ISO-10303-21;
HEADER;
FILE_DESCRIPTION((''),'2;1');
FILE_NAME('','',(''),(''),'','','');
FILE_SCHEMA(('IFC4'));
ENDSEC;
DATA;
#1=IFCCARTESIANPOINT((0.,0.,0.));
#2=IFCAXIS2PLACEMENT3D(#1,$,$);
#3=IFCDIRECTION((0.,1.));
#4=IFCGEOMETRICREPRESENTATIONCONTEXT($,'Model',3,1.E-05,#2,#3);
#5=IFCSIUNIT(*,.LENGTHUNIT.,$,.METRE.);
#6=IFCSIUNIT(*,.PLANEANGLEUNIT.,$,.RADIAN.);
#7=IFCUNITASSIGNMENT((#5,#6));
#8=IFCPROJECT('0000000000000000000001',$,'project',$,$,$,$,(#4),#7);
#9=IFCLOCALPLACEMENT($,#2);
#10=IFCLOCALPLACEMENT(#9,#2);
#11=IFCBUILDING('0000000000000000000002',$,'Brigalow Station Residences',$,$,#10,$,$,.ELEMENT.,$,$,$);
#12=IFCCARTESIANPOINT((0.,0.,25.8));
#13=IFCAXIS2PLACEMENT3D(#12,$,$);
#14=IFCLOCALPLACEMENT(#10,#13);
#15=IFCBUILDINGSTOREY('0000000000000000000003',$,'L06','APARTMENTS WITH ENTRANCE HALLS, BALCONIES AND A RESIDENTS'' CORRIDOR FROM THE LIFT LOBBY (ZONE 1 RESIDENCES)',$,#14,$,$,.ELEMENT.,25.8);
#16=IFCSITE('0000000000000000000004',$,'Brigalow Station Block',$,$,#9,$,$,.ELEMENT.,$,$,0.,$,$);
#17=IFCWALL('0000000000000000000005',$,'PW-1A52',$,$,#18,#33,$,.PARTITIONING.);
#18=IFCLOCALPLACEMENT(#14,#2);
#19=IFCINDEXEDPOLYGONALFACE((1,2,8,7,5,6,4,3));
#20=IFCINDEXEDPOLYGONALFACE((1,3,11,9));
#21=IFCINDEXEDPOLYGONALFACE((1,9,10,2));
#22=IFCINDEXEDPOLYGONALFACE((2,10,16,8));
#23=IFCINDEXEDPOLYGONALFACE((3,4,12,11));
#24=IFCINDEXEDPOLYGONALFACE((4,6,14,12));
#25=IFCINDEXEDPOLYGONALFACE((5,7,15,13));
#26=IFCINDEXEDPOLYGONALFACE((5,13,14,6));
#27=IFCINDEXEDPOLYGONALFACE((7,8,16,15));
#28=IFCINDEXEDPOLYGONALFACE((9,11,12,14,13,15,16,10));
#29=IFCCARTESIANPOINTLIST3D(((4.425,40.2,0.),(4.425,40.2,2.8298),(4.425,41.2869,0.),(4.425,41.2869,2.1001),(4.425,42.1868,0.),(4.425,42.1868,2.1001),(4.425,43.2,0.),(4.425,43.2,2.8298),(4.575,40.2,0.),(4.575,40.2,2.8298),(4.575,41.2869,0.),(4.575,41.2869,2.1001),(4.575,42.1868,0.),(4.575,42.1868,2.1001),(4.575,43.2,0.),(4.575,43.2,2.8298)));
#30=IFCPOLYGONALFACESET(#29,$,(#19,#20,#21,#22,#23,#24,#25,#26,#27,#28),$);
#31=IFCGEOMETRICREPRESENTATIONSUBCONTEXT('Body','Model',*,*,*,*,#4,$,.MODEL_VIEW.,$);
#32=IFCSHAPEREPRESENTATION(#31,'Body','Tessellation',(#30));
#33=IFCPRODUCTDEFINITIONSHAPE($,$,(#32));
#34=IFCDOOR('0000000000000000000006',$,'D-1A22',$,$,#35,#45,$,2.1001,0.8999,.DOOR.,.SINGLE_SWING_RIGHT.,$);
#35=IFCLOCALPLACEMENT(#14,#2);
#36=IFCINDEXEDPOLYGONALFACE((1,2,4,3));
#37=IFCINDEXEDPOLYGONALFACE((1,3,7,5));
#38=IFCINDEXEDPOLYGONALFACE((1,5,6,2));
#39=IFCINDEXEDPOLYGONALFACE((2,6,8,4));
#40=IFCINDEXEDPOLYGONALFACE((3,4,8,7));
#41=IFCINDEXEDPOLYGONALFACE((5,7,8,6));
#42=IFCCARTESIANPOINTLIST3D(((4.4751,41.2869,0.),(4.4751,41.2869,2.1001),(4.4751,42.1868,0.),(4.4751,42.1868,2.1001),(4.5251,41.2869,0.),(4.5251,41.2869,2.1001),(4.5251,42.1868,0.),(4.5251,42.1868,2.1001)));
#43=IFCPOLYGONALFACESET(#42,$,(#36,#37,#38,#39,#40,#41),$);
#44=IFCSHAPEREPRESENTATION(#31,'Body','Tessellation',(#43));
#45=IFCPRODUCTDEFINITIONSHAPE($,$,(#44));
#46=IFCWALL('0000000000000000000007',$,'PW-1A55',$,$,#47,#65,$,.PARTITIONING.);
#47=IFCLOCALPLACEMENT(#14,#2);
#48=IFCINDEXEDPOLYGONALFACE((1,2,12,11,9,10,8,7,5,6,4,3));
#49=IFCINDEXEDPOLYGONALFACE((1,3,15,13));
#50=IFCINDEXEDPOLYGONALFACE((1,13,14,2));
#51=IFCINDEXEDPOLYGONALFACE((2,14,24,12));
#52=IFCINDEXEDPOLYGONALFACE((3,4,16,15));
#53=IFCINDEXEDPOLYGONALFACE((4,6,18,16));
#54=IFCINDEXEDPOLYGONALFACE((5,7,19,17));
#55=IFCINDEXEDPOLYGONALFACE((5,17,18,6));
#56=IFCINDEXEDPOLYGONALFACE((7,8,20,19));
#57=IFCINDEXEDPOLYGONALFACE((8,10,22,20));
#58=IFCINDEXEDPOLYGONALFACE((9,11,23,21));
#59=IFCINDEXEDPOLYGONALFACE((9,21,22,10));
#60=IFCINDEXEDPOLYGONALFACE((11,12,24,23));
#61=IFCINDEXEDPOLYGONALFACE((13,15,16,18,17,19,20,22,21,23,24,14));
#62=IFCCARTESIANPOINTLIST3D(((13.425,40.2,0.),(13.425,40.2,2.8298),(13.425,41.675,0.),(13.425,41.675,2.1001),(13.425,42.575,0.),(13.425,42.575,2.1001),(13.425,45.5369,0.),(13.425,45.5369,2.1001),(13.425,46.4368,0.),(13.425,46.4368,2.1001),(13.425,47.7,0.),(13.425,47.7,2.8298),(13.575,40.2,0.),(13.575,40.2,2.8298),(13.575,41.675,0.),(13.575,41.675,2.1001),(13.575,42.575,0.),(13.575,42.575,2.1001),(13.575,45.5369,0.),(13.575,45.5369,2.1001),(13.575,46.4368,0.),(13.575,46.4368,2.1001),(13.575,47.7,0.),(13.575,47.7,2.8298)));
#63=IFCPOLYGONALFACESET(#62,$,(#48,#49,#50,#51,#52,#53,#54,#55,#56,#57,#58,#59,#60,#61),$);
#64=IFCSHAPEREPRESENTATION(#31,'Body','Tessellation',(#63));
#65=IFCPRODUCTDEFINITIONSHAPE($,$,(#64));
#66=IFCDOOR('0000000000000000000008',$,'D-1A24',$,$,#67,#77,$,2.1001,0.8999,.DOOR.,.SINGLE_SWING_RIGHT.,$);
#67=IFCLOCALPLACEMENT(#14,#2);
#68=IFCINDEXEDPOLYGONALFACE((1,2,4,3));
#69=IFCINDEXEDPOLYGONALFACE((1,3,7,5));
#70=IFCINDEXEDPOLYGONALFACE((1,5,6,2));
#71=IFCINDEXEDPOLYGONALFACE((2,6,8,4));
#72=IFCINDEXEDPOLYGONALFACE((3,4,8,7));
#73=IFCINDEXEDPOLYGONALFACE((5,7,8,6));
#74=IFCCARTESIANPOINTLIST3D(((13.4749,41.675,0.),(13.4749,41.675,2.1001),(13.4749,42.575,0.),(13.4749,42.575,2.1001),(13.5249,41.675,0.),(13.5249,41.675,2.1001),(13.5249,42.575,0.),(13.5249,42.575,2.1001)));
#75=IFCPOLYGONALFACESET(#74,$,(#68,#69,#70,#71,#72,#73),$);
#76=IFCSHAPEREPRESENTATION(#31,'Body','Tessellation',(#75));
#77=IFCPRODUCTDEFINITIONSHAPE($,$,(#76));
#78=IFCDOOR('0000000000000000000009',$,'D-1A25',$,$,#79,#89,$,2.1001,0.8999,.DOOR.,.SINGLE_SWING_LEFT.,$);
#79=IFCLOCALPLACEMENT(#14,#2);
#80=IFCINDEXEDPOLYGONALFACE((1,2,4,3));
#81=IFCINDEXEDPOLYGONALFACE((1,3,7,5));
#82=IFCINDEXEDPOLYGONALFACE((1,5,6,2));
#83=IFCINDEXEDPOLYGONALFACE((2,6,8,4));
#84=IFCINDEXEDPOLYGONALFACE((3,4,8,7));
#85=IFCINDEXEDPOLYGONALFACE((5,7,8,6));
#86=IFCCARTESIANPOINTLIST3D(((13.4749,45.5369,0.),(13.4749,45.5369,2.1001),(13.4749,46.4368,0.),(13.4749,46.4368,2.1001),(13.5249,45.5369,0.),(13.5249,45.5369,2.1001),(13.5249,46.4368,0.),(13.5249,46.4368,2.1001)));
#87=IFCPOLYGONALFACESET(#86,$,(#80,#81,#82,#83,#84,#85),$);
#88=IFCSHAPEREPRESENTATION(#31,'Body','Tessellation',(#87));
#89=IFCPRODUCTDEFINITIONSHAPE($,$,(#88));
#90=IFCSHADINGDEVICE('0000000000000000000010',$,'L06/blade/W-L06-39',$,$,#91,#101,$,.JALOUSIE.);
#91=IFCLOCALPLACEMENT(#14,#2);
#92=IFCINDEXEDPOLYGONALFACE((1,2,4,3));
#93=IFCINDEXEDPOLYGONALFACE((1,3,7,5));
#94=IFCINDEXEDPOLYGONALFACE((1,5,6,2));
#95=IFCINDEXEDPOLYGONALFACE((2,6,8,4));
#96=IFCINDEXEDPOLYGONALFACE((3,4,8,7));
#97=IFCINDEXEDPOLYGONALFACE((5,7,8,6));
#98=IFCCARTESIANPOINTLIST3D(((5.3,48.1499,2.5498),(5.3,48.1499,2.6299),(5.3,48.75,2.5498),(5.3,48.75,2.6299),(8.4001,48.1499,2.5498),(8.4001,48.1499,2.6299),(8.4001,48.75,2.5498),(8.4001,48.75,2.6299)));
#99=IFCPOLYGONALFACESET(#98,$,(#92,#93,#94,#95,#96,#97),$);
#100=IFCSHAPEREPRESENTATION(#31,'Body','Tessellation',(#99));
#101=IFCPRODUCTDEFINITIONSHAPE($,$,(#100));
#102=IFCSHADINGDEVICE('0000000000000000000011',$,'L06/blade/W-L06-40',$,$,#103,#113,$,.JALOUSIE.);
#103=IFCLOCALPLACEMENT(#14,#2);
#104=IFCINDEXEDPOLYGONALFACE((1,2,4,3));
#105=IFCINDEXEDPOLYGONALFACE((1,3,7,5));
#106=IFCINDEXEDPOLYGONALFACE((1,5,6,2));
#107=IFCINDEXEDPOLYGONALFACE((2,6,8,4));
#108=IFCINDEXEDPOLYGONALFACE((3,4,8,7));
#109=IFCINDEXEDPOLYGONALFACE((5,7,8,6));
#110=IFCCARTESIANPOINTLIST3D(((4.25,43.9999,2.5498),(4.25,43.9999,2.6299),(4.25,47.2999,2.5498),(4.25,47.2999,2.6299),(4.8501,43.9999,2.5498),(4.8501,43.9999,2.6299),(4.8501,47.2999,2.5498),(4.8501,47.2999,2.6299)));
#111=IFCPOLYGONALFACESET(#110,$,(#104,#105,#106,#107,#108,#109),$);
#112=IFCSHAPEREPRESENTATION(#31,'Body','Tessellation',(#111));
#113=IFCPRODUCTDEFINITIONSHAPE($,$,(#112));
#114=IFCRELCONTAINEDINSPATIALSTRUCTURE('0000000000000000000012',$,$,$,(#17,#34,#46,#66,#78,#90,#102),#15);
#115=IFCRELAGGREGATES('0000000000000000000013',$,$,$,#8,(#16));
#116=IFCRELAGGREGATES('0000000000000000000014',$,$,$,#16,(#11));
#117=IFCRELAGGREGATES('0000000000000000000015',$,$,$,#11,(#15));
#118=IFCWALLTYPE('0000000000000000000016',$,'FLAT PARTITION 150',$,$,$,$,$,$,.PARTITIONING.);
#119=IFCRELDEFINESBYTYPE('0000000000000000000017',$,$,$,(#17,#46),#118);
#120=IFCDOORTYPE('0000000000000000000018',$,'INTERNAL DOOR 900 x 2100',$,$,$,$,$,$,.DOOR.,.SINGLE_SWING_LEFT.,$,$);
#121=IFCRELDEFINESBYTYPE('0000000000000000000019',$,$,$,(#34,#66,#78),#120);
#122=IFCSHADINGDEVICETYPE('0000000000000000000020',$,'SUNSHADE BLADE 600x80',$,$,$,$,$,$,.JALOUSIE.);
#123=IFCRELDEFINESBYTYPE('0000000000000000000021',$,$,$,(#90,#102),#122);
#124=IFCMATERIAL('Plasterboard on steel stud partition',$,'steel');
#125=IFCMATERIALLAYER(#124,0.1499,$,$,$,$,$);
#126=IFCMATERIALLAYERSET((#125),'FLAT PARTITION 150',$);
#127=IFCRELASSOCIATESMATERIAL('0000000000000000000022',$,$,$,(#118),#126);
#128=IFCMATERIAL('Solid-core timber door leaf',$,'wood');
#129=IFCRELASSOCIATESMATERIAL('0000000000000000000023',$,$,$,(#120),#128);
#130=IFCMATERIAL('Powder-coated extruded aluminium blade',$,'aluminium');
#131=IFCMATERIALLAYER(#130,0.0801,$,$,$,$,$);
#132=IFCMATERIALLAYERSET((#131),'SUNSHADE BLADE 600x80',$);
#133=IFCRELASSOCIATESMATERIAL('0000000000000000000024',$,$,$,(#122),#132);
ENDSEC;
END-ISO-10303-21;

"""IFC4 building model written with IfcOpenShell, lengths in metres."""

from ifc_helpers import new_model, si_unit, direction, frame, frame_2d, origin, origin_2d, place, context, subcontext, project, spatial, rectangle, extrude, material, layer, layer_set, type_object, element, fill, save


model = new_model("IFC4")

# Units and contexts
model_context = context("Model", 3, precision=1e-05, world=origin(), true_north=direction((0.0, 1.0)))
body_context = subcontext(model_context, "Body", "Model", "MODEL_VIEW")
ifc_project = project(units=[si_unit("LENGTHUNIT", "METRE"), si_unit("PLANEANGLEUNIT", "RADIAN")], contexts=[model_context])

# Site, building, storey
site_placement = place(None, origin())
site = spatial("IfcSite", under=ifc_project, at=site_placement, Name="Brigalow Station Block", CompositionType="ELEMENT", RefElevation=0.0)
building_placement = place(site_placement, origin())
building = spatial("IfcBuilding", under=site, at=building_placement, Name="Brigalow Station Residences", CompositionType="ELEMENT")
storey_placement = place(building_placement, frame((0.0, 0.0, 25.8)))
storey = spatial("IfcBuildingStorey", under=building, at=storey_placement, Name="L06", Description="APARTMENTS WITH ENTRANCE HALLS, BALCONIES AND A RESIDENTS' CORRIDOR FROM THE LIFT LOBBY (ZONE 1 RESIDENCES)", CompositionType="ELEMENT", Elevation=25.8)

# Shared definitions
ifc_material_1 = material(Name="Plasterboard on steel stud partition", Category="steel")
ifc_layer_1 = layer(ifc_material_1, 0.1499)
ifc_layer_set_1 = layer_set([ifc_layer_1], Name="FLAT PARTITION 150")
wall_type_1 = type_object("IfcWallType", Name="FLAT PARTITION 150", PredefinedType="PARTITIONING", material=ifc_layer_set_1)

# Wall, opening, door
wall_1_placement = place(storey_placement, frame((4.5, 40.2, 0.0), z_axis=(0.0, 0.0, 1.0), x_axis=(0.0, 1.0, 0.0)))
wall_1 = element("IfcWall", 1, at=wall_1_placement, inside=storey, type_object=wall_type_1, Name="PW-1A52", PredefinedType="PARTITIONING", context=body_context, shape_type="SweptSolid", body=[
    extrude(rectangle(XDim=3.0, YDim=0.1499, at=frame_2d((1.5, 0.0))), origin(), (0.0, 0.0, 1.0), 2.8298),
])
opening_1_placement = place(wall_1_placement, frame((1.0869, 0.0, 0.0)))
opening_1 = element("IfcOpeningElement", 2, at=opening_1_placement, cuts=wall_1, PredefinedType="OPENING", context=body_context, shape_type="SweptSolid", body=[
    extrude(rectangle(XDim=0.8999, YDim=2.1001, at=frame_2d((0.45, 1.05))), frame((0.0, 0.085, 0.0), z_axis=(0.0, -1.0, 0.0), x_axis=(1.0, 0.0, 0.0)), (0.0, 0.0, 1.0), 0.1699),
])
ifc_material_2 = material(Name="Solid-core timber door leaf", Category="wood")
door_type_1 = type_object("IfcDoorType", Name="INTERNAL DOOR 900 x 2100", OperationType="SINGLE_SWING_LEFT", PredefinedType="DOOR", material=ifc_material_2)
door_1_placement = place(opening_1_placement, origin())
door_1 = element("IfcDoor", 3, at=door_1_placement, inside=storey, type_object=door_type_1, Name="D-1A22", OperationType="SINGLE_SWING_RIGHT", OverallHeight=2.1001, OverallWidth=0.8999, PredefinedType="DOOR", context=body_context, shape_type="SweptSolid", body=[
    extrude(rectangle(XDim=0.8999, YDim=2.1001, at=frame_2d((0.45, 1.05))), frame((0.0, 0.0249, 0.0), z_axis=(0.0, -1.0, 0.0), x_axis=(1.0, 0.0, 0.0)), (0.0, 0.0, 1.0), 0.05),
])
fill(opening_1, door_1)

# Wall, openings, doors
wall_2_placement = place(storey_placement, frame((13.5, 40.2, 0.0), z_axis=(0.0, 0.0, 1.0), x_axis=(0.0, 1.0, 0.0)))
wall_2 = element("IfcWall", 4, at=wall_2_placement, inside=storey, type_object=wall_type_1, Name="PW-1A55", PredefinedType="PARTITIONING", context=body_context, shape_type="SweptSolid", body=[
    extrude(rectangle(XDim=7.5, YDim=0.1499, at=frame_2d((3.75, 0.0))), origin(), (0.0, 0.0, 1.0), 2.8298),
])
opening_2_placement = place(wall_2_placement, frame((1.4751, 0.0, 0.0)))
opening_2 = element("IfcOpeningElement", 5, at=opening_2_placement, cuts=wall_2, PredefinedType="OPENING", context=body_context, shape_type="SweptSolid", body=[
    extrude(rectangle(XDim=0.8999, YDim=2.1001, at=frame_2d((0.45, 1.05))), frame((0.0, 0.085, 0.0), z_axis=(0.0, -1.0, 0.0), x_axis=(1.0, 0.0, 0.0)), (0.0, 0.0, 1.0), 0.1699),
])
opening_3_placement = place(wall_2_placement, frame((5.3369, 0.0, 0.0)))
opening_3 = element("IfcOpeningElement", 6, at=opening_3_placement, cuts=wall_2, PredefinedType="OPENING", context=body_context, shape_type="SweptSolid", body=[
    extrude(rectangle(XDim=0.8999, YDim=2.1001, at=frame_2d((0.45, 1.05))), frame((0.0, 0.085, 0.0), z_axis=(0.0, -1.0, 0.0), x_axis=(1.0, 0.0, 0.0)), (0.0, 0.0, 1.0), 0.1699),
])
door_2_placement = place(opening_2_placement, frame((0.8999, 0.0, 0.0), z_axis=(0.0, 0.0, 1.0), x_axis=(-1.0, 0.0, 0.0)))
door_2 = element("IfcDoor", 7, at=door_2_placement, inside=storey, type_object=door_type_1, Name="D-1A24", OperationType="SINGLE_SWING_RIGHT", OverallHeight=2.1001, OverallWidth=0.8999, PredefinedType="DOOR", context=body_context, shape_type="SweptSolid", body=[
    extrude(rectangle(XDim=0.8999, YDim=2.1001, at=frame_2d((0.45, 1.05))), frame((0.0, 0.0249, 0.0), z_axis=(0.0, -1.0, 0.0), x_axis=(1.0, 0.0, 0.0)), (0.0, 0.0, 1.0), 0.05),
])
fill(opening_2, door_2)
door_3_placement = place(opening_3_placement, frame((0.8999, 0.0, 0.0), z_axis=(0.0, 0.0, 1.0), x_axis=(-1.0, 0.0, 0.0)))
door_3 = element("IfcDoor", 8, at=door_3_placement, inside=storey, type_object=door_type_1, Name="D-1A25", OperationType="SINGLE_SWING_LEFT", OverallHeight=2.1001, OverallWidth=0.8999, PredefinedType="DOOR", context=body_context, shape_type="SweptSolid", body=[
    extrude(rectangle(XDim=0.8999, YDim=2.1001, at=frame_2d((0.45, 1.05))), frame((0.0, 0.0249, 0.0), z_axis=(0.0, -1.0, 0.0), x_axis=(1.0, 0.0, 0.0)), (0.0, 0.0, 1.0), 0.05),
])
fill(opening_3, door_3)

# Shading devices
ifc_material_3 = material(Name="Powder-coated extruded aluminium blade", Category="aluminium")
ifc_layer_2 = layer(ifc_material_3, 0.0801)
ifc_layer_set_2 = layer_set([ifc_layer_2], Name="SUNSHADE BLADE 600x80")
shading_device_type = type_object("IfcShadingDeviceType", Name="SUNSHADE BLADE 600x80", PredefinedType="JALOUSIE", material=ifc_layer_set_2)
shading_device_1_placement = place(storey_placement, frame((6.8501, 48.45, 2.5498), z_axis=(0.0, 0.0, 1.0), x_axis=(-1.0, 0.0, 0.0)))
element("IfcShadingDevice", 9, at=shading_device_1_placement, inside=storey, type_object=shading_device_type, Name="L06/blade/W-L06-39", PredefinedType="JALOUSIE", context=body_context, shape_type="SweptSolid", body=[
    extrude(rectangle(XDim=3.1001, YDim=0.6001, at=origin_2d()), origin(), (0.0, 0.0, 1.0), 0.0801),
])
shading_device_2_placement = place(storey_placement, frame((4.55, 45.6499, 2.5498), z_axis=(0.0, 0.0, 1.0), x_axis=(0.0, -1.0, 0.0)))
element("IfcShadingDevice", 10, at=shading_device_2_placement, inside=storey, type_object=shading_device_type, Name="L06/blade/W-L06-40", PredefinedType="JALOUSIE", context=body_context, shape_type="SweptSolid", body=[
    extrude(rectangle(XDim=3.3, YDim=0.6001, at=origin_2d()), origin(), (0.0, 0.0, 1.0), 0.0801),
])

save(model, "model.ifc")
